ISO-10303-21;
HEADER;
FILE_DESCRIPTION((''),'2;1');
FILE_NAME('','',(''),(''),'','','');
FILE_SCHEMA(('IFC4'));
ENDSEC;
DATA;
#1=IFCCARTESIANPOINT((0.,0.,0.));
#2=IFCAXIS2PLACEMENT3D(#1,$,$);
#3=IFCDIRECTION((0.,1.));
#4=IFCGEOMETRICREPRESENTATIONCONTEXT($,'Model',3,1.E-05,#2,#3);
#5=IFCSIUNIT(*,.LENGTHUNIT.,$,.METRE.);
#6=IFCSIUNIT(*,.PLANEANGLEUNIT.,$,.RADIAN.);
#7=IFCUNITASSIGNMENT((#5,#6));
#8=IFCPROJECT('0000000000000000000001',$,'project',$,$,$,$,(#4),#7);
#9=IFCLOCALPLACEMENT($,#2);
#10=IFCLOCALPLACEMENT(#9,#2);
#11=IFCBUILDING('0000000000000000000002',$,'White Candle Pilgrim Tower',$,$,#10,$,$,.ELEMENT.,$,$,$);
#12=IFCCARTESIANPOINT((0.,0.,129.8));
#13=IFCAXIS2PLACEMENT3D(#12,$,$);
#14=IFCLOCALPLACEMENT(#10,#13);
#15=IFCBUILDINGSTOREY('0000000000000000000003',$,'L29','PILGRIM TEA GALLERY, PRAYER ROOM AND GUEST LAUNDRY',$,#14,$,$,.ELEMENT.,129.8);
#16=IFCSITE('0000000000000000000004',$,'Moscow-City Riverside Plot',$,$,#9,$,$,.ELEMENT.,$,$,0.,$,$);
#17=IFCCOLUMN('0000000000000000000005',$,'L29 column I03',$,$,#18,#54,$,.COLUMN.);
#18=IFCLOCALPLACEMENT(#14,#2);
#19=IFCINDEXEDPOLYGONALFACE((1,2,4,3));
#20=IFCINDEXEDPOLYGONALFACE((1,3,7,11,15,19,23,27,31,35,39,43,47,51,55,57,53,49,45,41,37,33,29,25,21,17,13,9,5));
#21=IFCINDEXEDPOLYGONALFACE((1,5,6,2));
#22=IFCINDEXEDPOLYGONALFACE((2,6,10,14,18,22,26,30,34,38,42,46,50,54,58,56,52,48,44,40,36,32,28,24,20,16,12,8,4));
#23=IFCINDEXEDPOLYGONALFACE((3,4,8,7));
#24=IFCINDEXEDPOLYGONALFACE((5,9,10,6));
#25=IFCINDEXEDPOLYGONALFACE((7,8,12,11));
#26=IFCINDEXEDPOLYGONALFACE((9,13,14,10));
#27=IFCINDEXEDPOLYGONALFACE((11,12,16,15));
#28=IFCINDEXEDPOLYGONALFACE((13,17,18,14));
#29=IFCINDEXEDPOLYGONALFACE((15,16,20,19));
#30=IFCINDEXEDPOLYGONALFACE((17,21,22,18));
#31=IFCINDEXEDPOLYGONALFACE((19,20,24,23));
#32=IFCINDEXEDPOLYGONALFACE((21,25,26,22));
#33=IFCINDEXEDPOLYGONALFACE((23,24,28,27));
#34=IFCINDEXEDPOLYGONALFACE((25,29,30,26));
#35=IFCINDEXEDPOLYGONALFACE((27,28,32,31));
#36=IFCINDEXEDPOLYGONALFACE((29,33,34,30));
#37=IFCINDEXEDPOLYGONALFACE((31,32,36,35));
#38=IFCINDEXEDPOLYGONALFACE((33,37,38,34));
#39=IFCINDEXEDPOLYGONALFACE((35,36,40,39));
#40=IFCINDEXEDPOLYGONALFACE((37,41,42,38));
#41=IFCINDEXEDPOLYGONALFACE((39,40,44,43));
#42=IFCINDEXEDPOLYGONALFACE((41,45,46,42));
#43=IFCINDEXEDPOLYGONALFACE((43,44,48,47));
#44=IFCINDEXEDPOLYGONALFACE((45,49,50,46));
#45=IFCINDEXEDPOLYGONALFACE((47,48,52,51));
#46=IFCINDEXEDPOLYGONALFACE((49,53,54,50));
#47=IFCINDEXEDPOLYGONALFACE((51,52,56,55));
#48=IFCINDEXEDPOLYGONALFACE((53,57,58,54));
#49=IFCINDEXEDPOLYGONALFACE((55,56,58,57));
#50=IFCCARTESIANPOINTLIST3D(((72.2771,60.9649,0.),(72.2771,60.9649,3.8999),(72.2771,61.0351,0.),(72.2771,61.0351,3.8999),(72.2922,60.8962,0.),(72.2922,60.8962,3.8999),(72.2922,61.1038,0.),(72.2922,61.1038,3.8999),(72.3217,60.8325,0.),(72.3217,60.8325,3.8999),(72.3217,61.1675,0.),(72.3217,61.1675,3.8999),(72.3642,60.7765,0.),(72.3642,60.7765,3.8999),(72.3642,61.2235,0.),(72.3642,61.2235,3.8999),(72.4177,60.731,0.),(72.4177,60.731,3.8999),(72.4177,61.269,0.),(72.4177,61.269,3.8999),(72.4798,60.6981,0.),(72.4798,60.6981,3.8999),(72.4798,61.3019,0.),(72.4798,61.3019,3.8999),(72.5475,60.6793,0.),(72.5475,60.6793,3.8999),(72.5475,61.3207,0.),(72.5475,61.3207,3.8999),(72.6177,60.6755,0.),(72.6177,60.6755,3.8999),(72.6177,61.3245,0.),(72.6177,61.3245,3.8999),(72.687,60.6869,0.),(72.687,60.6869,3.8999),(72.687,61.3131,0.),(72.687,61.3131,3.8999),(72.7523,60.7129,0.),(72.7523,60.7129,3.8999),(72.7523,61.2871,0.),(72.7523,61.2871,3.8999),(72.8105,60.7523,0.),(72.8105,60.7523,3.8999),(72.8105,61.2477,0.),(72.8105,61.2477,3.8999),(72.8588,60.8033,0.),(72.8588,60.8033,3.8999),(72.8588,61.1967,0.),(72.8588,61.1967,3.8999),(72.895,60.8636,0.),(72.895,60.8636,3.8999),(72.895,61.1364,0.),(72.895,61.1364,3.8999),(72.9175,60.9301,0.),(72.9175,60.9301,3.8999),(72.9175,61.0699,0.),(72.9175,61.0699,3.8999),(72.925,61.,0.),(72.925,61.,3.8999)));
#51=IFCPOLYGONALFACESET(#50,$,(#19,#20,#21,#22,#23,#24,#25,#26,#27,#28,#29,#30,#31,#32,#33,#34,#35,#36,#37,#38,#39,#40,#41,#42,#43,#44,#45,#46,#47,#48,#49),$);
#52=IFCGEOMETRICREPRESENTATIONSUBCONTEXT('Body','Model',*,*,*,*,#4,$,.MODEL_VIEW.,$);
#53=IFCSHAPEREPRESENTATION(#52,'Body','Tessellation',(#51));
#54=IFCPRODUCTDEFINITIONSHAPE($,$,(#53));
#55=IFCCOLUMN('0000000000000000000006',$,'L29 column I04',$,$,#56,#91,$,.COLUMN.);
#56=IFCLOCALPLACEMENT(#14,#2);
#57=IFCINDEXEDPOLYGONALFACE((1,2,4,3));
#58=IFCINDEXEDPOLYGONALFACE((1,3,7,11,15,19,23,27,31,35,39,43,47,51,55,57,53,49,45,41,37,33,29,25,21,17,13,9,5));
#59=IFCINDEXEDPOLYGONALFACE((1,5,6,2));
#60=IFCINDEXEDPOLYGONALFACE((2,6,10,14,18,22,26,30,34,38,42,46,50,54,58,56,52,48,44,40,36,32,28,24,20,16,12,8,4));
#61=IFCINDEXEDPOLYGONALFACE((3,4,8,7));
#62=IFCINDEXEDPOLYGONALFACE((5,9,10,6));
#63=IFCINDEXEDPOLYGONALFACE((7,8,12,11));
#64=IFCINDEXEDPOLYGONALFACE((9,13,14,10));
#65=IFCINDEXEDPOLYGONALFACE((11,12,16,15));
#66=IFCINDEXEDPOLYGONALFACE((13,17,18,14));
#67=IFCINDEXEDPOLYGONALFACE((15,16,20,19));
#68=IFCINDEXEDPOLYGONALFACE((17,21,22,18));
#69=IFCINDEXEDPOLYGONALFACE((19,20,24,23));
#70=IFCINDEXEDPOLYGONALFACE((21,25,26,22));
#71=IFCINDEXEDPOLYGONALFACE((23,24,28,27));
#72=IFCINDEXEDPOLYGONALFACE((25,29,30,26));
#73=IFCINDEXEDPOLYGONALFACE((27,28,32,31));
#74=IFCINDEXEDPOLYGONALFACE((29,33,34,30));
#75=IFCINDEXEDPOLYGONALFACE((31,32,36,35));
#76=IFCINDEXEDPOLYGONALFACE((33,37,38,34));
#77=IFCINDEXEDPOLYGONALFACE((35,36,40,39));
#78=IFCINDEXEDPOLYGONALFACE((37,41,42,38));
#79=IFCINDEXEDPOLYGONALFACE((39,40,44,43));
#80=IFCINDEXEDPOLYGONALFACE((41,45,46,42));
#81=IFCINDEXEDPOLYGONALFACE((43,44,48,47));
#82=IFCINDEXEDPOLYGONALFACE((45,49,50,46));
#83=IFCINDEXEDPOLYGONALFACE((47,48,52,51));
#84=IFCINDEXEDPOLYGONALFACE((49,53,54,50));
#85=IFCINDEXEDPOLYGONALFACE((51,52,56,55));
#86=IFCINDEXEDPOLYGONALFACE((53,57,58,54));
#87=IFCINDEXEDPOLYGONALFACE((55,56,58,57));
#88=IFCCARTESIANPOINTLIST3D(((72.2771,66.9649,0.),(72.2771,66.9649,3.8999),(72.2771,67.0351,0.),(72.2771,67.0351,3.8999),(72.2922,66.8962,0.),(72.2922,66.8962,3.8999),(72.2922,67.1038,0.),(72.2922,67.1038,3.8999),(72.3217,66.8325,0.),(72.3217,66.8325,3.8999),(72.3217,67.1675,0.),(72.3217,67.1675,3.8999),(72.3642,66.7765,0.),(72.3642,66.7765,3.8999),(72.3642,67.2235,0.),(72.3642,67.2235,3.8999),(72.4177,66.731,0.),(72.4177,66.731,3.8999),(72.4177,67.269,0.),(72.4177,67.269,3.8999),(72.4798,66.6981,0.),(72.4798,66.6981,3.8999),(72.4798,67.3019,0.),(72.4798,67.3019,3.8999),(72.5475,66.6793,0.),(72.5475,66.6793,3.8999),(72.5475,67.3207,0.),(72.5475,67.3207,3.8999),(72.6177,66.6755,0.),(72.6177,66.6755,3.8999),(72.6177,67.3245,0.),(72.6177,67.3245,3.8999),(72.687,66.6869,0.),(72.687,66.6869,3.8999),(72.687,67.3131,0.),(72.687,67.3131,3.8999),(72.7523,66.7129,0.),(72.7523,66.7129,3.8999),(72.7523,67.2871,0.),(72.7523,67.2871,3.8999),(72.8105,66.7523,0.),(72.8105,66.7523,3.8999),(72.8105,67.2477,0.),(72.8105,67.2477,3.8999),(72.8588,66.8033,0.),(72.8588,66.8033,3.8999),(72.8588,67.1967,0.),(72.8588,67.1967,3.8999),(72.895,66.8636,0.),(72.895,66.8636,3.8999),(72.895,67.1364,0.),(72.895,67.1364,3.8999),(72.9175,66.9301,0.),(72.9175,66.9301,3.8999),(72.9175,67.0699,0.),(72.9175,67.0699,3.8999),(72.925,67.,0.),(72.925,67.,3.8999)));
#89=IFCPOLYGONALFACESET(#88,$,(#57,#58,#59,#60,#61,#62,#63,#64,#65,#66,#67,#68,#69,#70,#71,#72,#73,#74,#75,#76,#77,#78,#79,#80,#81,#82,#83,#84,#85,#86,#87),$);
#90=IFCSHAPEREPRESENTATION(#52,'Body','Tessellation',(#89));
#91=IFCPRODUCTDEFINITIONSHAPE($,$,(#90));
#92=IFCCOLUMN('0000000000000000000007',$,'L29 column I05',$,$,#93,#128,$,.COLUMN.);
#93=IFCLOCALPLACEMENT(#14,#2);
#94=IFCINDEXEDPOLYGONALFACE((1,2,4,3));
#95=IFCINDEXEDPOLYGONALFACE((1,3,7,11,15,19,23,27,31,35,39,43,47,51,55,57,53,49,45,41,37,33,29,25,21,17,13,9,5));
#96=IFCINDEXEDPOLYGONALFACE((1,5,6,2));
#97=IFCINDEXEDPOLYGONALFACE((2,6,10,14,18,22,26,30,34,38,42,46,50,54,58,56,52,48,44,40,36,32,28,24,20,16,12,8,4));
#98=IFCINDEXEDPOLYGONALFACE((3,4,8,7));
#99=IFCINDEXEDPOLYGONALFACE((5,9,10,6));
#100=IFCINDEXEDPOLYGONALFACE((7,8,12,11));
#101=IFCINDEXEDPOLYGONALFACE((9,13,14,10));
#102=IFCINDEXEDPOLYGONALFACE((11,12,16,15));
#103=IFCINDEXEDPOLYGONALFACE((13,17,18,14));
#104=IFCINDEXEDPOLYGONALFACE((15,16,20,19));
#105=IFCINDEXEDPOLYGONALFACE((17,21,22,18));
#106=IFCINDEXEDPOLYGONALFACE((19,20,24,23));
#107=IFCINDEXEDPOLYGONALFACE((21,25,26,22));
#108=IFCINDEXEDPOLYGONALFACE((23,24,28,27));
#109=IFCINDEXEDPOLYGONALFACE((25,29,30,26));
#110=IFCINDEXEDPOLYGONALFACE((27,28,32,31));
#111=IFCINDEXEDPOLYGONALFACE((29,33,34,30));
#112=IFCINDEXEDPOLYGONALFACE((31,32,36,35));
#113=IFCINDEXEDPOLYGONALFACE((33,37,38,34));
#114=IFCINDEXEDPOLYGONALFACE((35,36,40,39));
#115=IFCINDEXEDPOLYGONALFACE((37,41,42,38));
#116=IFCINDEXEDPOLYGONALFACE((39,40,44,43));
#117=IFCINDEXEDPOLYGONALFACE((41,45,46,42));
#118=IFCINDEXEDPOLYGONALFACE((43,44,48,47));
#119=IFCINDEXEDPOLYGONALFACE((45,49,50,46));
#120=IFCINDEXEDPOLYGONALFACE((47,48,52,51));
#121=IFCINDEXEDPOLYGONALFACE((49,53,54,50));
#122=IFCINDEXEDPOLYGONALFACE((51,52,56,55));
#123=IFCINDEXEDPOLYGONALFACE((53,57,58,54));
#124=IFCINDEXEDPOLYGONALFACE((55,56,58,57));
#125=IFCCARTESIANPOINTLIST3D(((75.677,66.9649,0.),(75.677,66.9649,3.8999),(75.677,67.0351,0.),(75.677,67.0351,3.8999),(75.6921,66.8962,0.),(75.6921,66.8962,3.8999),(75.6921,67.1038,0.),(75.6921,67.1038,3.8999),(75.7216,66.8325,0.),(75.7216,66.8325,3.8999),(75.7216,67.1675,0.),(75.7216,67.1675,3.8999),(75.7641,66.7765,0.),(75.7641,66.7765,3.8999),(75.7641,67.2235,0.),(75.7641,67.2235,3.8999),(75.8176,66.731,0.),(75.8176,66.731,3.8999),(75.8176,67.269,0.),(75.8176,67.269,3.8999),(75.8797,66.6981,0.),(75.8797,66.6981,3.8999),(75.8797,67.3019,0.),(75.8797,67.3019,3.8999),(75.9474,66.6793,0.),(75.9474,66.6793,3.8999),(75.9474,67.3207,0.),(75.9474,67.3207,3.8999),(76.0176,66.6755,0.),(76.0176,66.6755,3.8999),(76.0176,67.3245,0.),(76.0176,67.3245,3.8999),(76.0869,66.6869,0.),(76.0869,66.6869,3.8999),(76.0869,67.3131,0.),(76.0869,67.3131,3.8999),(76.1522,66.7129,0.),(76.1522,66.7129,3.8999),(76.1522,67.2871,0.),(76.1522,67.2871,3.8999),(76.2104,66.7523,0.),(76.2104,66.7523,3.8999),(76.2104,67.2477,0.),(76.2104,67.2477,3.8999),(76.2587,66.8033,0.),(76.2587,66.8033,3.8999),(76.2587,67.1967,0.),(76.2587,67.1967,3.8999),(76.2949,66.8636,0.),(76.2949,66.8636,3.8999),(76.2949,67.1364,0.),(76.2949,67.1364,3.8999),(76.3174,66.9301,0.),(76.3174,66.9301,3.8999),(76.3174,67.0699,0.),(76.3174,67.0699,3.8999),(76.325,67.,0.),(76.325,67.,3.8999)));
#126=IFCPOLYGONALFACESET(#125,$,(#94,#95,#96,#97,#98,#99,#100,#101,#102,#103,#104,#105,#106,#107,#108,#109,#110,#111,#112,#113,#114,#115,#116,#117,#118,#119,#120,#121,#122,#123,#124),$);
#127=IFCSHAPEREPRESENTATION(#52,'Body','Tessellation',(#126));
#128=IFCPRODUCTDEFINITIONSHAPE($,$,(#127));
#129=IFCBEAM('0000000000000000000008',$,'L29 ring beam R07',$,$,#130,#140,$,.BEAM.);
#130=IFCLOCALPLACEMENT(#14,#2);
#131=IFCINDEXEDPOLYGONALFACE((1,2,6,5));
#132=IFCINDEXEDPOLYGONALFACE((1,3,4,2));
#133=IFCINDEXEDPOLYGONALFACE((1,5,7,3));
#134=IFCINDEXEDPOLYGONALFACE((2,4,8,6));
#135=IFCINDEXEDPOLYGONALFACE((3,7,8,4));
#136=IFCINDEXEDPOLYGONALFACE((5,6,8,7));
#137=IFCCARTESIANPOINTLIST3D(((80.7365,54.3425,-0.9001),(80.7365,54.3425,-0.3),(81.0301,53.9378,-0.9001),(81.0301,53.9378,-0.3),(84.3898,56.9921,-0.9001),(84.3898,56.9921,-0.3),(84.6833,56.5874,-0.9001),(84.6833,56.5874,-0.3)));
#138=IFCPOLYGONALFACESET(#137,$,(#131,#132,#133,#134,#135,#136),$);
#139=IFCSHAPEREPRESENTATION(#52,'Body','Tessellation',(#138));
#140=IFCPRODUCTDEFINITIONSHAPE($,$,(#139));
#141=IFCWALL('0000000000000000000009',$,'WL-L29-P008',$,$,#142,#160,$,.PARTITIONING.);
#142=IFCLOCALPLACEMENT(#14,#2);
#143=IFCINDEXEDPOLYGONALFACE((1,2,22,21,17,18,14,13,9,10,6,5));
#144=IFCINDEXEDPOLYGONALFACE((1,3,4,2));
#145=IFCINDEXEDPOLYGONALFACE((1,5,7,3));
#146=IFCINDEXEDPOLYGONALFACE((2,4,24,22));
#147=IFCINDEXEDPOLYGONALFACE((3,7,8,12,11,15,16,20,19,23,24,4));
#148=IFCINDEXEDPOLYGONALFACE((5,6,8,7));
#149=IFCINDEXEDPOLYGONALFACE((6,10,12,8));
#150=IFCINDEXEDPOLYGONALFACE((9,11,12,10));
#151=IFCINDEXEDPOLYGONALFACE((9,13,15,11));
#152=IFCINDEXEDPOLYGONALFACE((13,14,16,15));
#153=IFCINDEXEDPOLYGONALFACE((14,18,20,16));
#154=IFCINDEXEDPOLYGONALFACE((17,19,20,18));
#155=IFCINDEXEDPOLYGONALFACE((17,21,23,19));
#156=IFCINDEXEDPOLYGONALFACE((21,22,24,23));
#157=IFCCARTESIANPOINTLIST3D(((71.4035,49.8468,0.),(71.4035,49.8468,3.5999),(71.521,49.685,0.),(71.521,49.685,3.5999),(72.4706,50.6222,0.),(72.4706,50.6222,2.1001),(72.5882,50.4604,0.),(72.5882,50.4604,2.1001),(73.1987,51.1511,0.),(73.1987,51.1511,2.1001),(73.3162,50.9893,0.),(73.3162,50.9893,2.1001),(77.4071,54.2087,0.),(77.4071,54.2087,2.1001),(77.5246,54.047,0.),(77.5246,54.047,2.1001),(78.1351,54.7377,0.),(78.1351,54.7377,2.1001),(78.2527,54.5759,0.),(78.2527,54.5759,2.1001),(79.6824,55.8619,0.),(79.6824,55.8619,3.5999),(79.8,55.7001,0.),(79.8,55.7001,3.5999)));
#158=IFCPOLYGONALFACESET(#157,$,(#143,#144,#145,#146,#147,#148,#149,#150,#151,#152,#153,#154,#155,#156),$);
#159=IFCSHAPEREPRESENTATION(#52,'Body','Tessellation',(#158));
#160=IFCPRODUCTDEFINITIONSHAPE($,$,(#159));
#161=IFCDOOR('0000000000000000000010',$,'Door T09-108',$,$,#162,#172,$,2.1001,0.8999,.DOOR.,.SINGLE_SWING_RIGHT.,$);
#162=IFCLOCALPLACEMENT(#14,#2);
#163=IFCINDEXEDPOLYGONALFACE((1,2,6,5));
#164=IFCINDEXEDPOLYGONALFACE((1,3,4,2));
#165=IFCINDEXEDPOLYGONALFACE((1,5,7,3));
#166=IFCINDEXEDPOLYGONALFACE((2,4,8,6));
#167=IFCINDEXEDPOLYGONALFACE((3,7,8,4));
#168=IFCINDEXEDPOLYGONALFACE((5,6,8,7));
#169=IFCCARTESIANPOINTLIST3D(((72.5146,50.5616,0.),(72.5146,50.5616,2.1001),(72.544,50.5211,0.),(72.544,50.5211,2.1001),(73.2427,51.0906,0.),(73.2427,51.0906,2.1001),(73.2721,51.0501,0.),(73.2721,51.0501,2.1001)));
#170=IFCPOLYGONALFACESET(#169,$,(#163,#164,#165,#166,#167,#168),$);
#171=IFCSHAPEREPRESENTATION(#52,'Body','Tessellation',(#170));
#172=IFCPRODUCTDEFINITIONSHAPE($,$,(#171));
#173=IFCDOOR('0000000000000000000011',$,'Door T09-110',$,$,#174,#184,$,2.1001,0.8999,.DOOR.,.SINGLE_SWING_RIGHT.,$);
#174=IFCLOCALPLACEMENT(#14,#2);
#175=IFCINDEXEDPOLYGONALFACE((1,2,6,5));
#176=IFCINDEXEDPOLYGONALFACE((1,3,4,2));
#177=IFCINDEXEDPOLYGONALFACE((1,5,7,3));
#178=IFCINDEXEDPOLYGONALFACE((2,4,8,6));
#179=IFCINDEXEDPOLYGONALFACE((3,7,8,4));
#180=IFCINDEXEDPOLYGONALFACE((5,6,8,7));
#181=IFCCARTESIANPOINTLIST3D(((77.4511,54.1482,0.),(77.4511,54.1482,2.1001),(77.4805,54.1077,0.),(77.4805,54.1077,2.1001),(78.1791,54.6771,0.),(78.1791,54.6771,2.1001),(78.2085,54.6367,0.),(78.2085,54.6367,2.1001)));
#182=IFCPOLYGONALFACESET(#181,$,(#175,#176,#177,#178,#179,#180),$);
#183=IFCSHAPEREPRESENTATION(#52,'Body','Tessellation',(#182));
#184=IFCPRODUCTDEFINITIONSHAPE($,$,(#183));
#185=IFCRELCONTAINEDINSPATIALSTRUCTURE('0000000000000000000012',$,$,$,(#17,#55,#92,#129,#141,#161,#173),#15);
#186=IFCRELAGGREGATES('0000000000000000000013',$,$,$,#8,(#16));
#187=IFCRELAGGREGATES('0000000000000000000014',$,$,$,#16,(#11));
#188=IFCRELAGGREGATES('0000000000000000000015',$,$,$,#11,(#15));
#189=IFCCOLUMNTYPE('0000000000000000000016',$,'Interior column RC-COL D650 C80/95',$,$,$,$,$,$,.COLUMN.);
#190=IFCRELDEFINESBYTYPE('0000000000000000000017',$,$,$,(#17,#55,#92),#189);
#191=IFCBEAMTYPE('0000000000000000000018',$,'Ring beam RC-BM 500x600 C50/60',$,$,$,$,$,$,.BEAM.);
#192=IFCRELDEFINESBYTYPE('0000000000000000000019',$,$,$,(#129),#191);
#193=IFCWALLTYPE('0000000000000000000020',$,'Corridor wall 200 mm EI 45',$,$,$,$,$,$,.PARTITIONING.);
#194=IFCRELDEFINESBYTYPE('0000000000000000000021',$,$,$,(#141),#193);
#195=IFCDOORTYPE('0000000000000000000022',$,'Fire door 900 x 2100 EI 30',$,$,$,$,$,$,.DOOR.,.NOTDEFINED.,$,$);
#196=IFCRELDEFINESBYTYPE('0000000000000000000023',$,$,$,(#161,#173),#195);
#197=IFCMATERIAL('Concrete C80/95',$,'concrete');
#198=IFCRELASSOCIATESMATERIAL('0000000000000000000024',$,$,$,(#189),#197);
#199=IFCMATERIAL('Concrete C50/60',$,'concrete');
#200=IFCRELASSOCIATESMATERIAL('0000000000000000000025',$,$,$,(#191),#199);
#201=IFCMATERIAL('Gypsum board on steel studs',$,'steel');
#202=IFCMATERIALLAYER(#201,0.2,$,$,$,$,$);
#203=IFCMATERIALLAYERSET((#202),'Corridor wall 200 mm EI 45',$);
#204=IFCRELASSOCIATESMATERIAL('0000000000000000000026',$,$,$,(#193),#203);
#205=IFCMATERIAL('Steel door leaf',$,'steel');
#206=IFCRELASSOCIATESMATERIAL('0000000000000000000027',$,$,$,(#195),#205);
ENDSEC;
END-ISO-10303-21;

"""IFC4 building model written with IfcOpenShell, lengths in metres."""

from ifc_helpers import new_model, si_unit, direction, frame, frame_2d, origin, origin_2d, place, context, subcontext, project, spatial, rectangle, circle, extrude, material, layer, layer_set, material_profile, profile_set, type_object, element, fill, save


model = new_model("IFC4")

# Units and contexts
model_context = context("Model", 3, precision=1e-05, world=origin(), true_north=direction((0.0, 1.0)))
body_context = subcontext(model_context, "Body", "Model", "MODEL_VIEW")
ifc_project = project(units=[si_unit("LENGTHUNIT", "METRE"), si_unit("PLANEANGLEUNIT", "RADIAN")], contexts=[model_context])

# Site, building, storey
site_placement = place(None, origin())
site = spatial("IfcSite", under=ifc_project, at=site_placement, Name="Moscow-City Riverside Plot", CompositionType="ELEMENT", RefElevation=0.0)
building_placement = place(site_placement, origin())
building = spatial("IfcBuilding", under=site, at=building_placement, Name="White Candle Pilgrim Tower", CompositionType="ELEMENT")
storey_placement = place(building_placement, frame((0.0, 0.0, 129.8)))
storey = spatial("IfcBuildingStorey", under=building, at=storey_placement, Name="L29", Description="PILGRIM TEA GALLERY, PRAYER ROOM AND GUEST LAUNDRY", CompositionType="ELEMENT", Elevation=129.8)

# Columns
ifc_material_1 = material(Name="Concrete C80/95", Category="concrete")
ifc_material_profile_1 = material_profile(ifc_material_1, circle(Radius=0.325, at=origin_2d()), Name="RC-COL D650")
ifc_profile_set_1 = profile_set([ifc_material_profile_1], Name="Concrete C80/95")
column_type = type_object("IfcColumnType", Name="Interior column RC-COL D650 C80/95", PredefinedType="COLUMN", material=ifc_profile_set_1)
for number, where, z_axis, x_axis, name in (
    (1, (72.6001, 61.0, 0.0), (0.0, 0.0, 1.0), (1.0, 0.0, 0.0), "L29 column I03"),
    (2, (72.6001, 67.0, 0.0), (0.0, 0.0, 1.0), (1.0, 0.0, 0.0), "L29 column I04"),
    (3, (76.0, 67.0, 0.0), (0.0, 0.0, 1.0), (1.0, 0.0, 0.0), "L29 column I05"),
):
    element("IfcColumn", number, at=place(storey_placement, frame(where, z_axis=z_axis, x_axis=x_axis)), inside=storey, type_object=column_type, Name=name, PredefinedType="COLUMN", context=body_context, shape_type="SweptSolid", body=[
        extrude(circle(Radius=0.325, at=origin_2d()), origin(), (0.0, 0.0, 1.0), 3.8999),
    ])

# Beam
ifc_material_2 = material(Name="Concrete C50/60", Category="concrete")
ifc_material_profile_2 = material_profile(ifc_material_2, rectangle(XDim=0.5, YDim=0.6001, at=origin_2d()), Name="RC-BM 500x600")
ifc_profile_set_2 = profile_set([ifc_material_profile_2], Name="Concrete C50/60")
beam_type = type_object("IfcBeamType", Name="Ring beam RC-BM 500x600 C50/60", PredefinedType="BEAM", material=ifc_profile_set_2)
beam_placement = place(storey_placement, frame((80.8833, 54.1401, -0.6001), z_axis=(0.809505, 0.587113, 0.0), x_axis=(-0.587113, 0.809505, 0.0)))
element("IfcBeam", 4, at=beam_placement, inside=storey, type_object=beam_type, Name="L29 ring beam R07", PredefinedType="BEAM", context=body_context, shape_type="SweptSolid", body=[
    extrude(rectangle(XDim=0.5, YDim=0.6001, at=origin_2d()), origin(), (0.0, 0.0, 1.0), 4.5129),
])

# Wall, openings, doors
ifc_material_3 = material(Name="Gypsum board on steel studs", Category="steel")
ifc_layer_1 = layer(ifc_material_3, 0.2)
ifc_layer_set_1 = layer_set([ifc_layer_1], Name="Corridor wall 200 mm EI 45")
wall_type_1 = type_object("IfcWallType", Name="Corridor wall 200 mm EI 45", PredefinedType="PARTITIONING", material=ifc_layer_set_1)
wall_1_placement = place(storey_placement, frame((79.7412, 55.781, 0.0), z_axis=(0.0, 0.0, 1.0), x_axis=(-0.809015, -0.587789, 0.0)))
wall_1 = element("IfcWall", 5, at=wall_1_placement, inside=storey, type_object=wall_type_1, Name="WL-L29-P008", PredefinedType="PARTITIONING", context=body_context, shape_type="SweptSolid", body=[
    extrude(rectangle(XDim=10.2334, YDim=0.2, at=frame_2d((5.1167, 0.0))), origin(), (0.0, 0.0, 1.0), 3.5999),
])
opening_1_placement = place(wall_1_placement, frame((8.0144, 0.0, 0.0)))
opening_1 = element("IfcOpeningElement", 6, at=opening_1_placement, cuts=wall_1, PredefinedType="OPENING", context=body_context, shape_type="SweptSolid", body=[
    extrude(rectangle(XDim=0.8999, YDim=2.1001, at=frame_2d((0.45, 1.05))), frame((0.0, 0.1099, 0.0), z_axis=(0.0, -1.0, 0.0), x_axis=(1.0, 0.0, 0.0)), (0.0, 0.0, 1.0), 0.22),
])
opening_2_placement = place(wall_1_placement, frame((1.9126, 0.0, 0.0)))
opening_2 = element("IfcOpeningElement", 7, at=opening_2_placement, cuts=wall_1, PredefinedType="OPENING", context=body_context, shape_type="SweptSolid", body=[
    extrude(rectangle(XDim=0.8999, YDim=2.1001, at=frame_2d((0.45, 1.05))), frame((0.0, 0.1099, 0.0), z_axis=(0.0, -1.0, 0.0), x_axis=(1.0, 0.0, 0.0)), (0.0, 0.0, 1.0), 0.22),
])
ifc_material_4 = material(Name="Steel door leaf", Category="steel")
door_type_1 = type_object("IfcDoorType", Name="Fire door 900 x 2100 EI 30", OperationType="NOTDEFINED", PredefinedType="DOOR", material=ifc_material_4)
door_1_placement = place(opening_1_placement, origin())
door_1 = element("IfcDoor", 8, at=door_1_placement, inside=storey, type_object=door_type_1, Name="Door T09-108", OperationType="SINGLE_SWING_RIGHT", OverallHeight=2.1001, OverallWidth=0.8999, PredefinedType="DOOR", context=body_context, shape_type="SweptSolid", body=[
    extrude(rectangle(XDim=0.8999, YDim=2.1001, at=frame_2d((0.45, 1.05))), frame((0.0, 0.0249, 0.0), z_axis=(0.0, -1.0, 0.0), x_axis=(1.0, 0.0, 0.0)), (0.0, 0.0, 1.0), 0.05),
])
fill(opening_1, door_1)
door_2_placement = place(opening_2_placement, origin())
door_2 = element("IfcDoor", 9, at=door_2_placement, inside=storey, type_object=door_type_1, Name="Door T09-110", OperationType="SINGLE_SWING_RIGHT", OverallHeight=2.1001, OverallWidth=0.8999, PredefinedType="DOOR", context=body_context, shape_type="SweptSolid", body=[
    extrude(rectangle(XDim=0.8999, YDim=2.1001, at=frame_2d((0.45, 1.05))), frame((0.0, 0.0249, 0.0), z_axis=(0.0, -1.0, 0.0), x_axis=(1.0, 0.0, 0.0)), (0.0, 0.0, 1.0), 0.05),
])
fill(opening_2, door_2)

save(model, "model.ifc")
